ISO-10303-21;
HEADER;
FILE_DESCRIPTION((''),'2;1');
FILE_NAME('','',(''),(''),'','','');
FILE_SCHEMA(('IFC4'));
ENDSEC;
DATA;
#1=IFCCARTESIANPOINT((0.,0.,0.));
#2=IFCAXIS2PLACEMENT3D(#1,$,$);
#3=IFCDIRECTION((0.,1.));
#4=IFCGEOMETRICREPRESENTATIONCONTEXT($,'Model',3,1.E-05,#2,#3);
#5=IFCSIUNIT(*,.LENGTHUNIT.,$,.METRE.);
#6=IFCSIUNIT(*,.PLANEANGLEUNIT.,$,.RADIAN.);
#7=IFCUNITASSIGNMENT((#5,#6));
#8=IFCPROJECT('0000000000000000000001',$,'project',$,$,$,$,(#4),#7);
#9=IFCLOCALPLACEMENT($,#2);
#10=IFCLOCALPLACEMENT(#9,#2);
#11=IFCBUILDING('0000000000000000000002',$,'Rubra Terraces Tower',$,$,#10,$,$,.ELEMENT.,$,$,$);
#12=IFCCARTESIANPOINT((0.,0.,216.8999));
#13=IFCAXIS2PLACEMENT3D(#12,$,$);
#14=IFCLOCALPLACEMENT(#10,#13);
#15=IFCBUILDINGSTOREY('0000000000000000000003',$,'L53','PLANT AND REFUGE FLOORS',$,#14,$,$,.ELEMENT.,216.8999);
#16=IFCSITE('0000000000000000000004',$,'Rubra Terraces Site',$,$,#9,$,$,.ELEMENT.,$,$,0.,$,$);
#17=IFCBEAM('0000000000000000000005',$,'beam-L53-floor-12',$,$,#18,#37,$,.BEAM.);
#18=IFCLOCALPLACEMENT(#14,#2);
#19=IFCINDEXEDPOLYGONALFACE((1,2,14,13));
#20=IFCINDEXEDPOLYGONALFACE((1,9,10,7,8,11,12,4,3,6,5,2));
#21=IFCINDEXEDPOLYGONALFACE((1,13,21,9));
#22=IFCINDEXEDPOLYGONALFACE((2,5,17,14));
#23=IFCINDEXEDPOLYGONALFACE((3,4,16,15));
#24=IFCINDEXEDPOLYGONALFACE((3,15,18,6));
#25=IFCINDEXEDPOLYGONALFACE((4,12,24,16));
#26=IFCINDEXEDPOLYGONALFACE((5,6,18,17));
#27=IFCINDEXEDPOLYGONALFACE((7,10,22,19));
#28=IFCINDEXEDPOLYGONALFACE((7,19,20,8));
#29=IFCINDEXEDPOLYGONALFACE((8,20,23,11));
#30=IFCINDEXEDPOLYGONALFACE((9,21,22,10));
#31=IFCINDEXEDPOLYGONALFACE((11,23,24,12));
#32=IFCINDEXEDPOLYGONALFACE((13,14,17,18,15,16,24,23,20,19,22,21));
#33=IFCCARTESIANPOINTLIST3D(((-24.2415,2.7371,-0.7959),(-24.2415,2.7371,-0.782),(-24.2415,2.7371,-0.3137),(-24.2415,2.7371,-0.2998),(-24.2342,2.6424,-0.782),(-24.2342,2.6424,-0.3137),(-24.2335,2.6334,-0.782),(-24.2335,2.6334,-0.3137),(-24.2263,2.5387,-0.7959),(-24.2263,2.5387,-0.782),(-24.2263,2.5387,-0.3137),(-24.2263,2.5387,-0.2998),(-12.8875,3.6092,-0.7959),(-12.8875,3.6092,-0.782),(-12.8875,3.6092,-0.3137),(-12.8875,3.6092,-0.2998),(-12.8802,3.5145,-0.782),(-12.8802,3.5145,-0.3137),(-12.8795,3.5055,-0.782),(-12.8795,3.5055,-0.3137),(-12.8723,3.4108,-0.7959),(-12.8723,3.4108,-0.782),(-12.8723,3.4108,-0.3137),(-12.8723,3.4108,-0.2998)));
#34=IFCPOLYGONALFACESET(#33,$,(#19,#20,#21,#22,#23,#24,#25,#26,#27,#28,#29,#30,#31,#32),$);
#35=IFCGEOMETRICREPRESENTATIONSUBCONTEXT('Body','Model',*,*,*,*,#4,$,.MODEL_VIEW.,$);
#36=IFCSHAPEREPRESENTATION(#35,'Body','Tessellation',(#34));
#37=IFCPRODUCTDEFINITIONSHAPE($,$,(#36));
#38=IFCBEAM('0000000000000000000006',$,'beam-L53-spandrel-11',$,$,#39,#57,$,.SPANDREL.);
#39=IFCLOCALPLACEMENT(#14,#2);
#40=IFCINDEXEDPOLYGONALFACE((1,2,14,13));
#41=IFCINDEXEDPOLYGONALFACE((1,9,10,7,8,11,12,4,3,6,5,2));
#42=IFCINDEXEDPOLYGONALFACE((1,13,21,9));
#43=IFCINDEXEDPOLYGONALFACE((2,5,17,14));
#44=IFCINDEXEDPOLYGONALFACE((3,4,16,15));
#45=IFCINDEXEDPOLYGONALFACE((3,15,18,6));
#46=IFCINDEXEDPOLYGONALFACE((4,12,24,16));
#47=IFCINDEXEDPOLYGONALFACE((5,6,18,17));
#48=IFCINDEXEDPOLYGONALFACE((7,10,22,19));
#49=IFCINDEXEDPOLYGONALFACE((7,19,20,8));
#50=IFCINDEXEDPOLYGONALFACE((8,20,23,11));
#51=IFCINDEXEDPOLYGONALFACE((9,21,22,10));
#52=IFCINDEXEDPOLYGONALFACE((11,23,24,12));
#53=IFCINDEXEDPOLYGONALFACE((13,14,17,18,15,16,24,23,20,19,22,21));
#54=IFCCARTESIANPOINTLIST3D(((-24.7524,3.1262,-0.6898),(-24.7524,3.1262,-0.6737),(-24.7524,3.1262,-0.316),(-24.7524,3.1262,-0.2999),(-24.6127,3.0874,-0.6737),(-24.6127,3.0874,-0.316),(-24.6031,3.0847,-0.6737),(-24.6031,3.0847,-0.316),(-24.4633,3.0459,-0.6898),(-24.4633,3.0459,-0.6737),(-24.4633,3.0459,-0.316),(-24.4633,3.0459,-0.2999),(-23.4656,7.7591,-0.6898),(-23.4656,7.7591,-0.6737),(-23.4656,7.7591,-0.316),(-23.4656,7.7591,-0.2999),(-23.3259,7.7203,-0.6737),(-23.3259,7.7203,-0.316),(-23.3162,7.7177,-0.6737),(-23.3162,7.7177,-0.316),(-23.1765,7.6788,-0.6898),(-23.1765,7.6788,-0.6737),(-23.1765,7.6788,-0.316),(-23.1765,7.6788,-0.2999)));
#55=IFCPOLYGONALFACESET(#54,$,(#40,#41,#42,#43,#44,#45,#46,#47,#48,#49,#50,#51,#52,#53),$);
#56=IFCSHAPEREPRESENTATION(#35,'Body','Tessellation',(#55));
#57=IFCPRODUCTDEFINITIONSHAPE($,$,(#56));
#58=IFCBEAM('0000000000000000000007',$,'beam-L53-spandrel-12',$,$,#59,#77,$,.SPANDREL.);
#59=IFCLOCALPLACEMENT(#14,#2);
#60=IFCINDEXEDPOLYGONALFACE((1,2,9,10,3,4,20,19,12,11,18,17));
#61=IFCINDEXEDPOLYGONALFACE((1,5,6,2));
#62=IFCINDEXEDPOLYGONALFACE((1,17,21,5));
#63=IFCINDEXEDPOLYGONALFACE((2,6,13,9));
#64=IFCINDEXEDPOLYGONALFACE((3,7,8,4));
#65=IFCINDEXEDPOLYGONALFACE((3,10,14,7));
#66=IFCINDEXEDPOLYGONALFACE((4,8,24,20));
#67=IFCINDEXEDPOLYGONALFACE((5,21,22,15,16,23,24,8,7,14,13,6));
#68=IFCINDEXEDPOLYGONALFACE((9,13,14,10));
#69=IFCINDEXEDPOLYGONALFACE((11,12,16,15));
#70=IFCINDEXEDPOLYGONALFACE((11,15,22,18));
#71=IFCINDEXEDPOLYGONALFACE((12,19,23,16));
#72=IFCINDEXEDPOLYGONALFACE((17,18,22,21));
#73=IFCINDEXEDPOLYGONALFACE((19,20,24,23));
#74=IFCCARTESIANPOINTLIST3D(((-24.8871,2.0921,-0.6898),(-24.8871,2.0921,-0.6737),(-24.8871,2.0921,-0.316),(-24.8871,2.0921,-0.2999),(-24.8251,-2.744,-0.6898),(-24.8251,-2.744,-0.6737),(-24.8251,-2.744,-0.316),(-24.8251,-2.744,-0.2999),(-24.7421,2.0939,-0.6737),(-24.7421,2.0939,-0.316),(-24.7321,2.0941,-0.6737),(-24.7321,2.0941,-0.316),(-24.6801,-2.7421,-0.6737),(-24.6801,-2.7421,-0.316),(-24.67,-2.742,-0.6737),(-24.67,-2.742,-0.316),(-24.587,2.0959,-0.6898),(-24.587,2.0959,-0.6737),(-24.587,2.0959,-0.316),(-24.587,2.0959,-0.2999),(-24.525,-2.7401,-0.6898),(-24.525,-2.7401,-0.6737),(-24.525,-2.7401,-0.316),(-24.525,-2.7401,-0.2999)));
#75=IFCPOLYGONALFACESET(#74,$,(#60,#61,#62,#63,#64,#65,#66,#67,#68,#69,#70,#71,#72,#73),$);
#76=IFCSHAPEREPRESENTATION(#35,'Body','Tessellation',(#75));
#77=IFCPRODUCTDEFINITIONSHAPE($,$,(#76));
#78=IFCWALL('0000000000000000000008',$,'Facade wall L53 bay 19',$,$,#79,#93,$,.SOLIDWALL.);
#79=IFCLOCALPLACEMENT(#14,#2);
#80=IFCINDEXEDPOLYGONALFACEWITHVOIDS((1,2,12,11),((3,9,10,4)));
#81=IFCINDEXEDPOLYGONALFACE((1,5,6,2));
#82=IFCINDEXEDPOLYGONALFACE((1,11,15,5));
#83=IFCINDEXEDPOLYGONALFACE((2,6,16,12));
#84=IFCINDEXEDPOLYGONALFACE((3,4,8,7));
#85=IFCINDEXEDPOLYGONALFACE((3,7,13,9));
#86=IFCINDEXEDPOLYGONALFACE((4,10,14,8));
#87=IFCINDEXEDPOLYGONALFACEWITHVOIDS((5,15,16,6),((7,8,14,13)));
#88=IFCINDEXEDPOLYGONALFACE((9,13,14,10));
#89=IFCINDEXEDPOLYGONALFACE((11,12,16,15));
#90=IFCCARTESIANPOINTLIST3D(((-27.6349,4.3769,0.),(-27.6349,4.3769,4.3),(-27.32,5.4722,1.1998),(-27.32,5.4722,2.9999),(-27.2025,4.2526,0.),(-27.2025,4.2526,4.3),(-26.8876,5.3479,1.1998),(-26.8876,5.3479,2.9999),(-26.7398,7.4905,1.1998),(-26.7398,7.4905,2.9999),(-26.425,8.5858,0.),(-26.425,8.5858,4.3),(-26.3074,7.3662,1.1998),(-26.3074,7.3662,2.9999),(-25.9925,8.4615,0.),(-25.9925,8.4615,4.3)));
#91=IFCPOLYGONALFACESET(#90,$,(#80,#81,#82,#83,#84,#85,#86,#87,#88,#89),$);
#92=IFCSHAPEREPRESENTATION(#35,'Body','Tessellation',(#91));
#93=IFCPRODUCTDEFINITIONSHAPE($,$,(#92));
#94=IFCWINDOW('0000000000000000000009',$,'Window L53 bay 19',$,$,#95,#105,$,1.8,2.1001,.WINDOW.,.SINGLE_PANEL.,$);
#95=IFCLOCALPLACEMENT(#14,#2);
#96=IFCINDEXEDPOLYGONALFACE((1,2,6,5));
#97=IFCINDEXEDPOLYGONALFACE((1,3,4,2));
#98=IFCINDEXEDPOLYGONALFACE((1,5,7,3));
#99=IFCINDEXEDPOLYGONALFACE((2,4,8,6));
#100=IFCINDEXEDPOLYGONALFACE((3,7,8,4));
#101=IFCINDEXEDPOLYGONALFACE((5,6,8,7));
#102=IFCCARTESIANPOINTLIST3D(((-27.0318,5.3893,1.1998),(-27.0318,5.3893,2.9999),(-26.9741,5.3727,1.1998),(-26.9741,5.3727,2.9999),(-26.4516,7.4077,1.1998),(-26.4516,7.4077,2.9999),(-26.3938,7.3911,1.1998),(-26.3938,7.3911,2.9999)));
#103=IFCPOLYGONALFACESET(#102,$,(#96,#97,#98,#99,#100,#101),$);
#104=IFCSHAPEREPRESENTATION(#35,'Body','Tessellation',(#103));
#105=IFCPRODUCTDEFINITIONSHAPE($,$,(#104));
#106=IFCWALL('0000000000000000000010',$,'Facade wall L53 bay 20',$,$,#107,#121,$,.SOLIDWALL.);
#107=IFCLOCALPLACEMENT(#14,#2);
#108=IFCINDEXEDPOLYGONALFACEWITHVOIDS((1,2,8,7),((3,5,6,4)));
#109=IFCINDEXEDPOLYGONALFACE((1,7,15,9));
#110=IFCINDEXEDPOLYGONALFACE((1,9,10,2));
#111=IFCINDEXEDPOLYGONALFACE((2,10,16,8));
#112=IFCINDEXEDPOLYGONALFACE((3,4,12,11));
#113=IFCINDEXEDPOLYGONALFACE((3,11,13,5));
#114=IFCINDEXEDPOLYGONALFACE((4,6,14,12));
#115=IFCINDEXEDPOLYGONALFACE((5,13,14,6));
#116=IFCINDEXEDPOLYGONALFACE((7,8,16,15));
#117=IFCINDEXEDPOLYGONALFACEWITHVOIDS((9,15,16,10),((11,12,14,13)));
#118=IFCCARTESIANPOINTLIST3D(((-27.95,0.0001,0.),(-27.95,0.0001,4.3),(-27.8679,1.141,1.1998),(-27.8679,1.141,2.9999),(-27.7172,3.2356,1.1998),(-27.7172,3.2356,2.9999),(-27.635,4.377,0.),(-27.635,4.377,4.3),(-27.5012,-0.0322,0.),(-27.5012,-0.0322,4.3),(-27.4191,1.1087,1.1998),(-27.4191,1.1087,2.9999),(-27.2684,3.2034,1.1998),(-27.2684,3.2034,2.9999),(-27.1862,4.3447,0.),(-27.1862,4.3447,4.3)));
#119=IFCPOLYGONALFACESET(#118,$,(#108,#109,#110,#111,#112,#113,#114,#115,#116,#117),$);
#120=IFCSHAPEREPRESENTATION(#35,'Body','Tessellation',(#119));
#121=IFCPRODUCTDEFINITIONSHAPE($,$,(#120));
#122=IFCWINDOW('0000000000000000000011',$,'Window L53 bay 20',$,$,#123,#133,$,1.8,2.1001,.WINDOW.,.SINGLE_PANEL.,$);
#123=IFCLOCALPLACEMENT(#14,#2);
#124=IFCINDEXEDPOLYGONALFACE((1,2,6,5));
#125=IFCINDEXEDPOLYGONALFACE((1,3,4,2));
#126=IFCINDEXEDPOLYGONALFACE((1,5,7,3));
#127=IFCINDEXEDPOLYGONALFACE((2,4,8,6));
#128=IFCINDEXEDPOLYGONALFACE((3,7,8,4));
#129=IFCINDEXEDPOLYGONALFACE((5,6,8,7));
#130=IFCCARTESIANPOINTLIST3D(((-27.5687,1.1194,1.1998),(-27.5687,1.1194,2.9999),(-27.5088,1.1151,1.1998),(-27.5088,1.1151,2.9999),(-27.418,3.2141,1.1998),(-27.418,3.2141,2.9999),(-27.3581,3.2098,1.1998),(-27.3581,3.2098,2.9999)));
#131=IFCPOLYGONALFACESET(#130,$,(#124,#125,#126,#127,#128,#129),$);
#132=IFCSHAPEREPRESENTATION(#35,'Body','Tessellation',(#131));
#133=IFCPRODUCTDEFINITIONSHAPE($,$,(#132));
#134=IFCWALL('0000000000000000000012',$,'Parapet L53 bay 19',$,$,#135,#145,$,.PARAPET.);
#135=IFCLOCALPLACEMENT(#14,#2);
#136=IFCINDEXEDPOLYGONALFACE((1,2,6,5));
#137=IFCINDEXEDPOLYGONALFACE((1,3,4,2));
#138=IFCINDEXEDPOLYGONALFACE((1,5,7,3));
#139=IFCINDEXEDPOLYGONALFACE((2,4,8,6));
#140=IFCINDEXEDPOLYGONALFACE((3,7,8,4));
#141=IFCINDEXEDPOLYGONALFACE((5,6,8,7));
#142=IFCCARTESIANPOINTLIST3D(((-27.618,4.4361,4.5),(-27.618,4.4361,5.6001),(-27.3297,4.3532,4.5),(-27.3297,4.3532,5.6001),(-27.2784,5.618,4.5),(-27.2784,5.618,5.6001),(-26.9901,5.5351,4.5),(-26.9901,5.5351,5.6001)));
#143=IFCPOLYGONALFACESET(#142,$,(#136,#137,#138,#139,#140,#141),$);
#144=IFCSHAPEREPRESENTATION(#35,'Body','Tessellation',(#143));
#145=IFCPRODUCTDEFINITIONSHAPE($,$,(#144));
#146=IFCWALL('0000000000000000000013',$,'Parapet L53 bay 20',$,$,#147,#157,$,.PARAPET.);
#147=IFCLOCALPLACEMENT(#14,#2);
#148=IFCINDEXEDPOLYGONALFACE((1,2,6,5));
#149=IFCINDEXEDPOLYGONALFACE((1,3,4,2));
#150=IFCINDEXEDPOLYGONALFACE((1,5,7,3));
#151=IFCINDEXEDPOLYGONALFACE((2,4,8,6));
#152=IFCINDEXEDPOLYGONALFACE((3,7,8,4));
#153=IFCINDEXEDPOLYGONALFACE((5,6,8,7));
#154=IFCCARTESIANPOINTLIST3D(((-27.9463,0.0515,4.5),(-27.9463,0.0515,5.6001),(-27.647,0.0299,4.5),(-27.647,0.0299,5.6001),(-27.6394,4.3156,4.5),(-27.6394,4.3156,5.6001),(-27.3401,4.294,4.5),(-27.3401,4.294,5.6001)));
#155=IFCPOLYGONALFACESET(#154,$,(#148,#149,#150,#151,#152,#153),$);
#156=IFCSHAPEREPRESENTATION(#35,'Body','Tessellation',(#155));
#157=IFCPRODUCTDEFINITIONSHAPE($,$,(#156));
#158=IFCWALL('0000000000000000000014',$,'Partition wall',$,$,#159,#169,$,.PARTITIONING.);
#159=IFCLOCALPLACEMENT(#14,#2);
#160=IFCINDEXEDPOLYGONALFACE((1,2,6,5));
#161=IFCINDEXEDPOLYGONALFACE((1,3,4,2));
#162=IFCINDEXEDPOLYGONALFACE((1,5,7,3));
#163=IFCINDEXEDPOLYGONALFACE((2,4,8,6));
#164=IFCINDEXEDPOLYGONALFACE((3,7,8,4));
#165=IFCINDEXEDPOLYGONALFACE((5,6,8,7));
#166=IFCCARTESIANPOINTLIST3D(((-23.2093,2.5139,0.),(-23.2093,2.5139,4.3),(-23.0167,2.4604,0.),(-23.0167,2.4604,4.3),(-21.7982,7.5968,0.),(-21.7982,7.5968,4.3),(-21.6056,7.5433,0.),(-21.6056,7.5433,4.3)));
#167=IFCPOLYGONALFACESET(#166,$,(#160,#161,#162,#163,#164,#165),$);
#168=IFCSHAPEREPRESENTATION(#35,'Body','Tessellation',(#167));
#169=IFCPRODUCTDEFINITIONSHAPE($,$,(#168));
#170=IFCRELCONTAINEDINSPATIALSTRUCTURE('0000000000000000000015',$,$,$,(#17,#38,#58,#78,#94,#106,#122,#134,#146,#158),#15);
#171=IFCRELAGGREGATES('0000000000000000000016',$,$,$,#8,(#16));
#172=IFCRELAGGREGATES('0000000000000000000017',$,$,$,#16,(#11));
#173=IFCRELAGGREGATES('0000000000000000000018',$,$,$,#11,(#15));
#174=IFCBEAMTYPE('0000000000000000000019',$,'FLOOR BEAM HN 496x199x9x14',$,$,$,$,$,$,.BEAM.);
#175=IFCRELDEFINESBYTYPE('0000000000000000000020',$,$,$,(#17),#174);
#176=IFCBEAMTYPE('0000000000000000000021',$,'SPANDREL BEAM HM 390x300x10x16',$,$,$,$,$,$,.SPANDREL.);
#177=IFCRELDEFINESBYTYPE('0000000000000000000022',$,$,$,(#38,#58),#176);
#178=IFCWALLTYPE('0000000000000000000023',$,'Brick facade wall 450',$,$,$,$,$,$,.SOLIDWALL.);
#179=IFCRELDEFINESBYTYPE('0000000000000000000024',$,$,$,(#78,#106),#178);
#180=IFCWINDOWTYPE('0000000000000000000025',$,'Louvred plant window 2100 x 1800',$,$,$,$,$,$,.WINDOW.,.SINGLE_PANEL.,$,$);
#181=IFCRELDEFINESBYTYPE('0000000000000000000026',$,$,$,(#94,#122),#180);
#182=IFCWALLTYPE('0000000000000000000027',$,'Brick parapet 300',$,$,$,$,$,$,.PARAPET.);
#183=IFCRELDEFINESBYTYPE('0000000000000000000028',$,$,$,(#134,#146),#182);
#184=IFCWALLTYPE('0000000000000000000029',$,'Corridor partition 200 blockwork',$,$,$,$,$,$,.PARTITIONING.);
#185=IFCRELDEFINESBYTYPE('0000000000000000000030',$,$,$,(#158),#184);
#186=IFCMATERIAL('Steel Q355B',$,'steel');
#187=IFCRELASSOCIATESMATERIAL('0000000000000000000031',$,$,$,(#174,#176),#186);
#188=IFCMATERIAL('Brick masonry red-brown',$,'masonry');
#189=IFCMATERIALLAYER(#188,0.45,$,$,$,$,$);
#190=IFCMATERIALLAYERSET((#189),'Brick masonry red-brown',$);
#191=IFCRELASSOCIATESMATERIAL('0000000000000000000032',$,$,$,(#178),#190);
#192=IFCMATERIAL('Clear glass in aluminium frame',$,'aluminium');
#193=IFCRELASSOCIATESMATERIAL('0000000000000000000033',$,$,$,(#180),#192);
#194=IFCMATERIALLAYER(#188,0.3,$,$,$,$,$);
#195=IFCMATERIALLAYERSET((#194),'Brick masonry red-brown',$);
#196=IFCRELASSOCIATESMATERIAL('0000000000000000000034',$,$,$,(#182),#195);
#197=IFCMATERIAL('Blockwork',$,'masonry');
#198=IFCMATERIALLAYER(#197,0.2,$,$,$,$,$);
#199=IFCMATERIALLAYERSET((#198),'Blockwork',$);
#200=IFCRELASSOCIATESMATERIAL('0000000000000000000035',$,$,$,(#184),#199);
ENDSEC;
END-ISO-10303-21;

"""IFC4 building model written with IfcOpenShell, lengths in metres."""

from ifc_helpers import new_model, si_unit, direction, frame, frame_2d, origin, origin_2d, place, context, subcontext, project, spatial, rectangle, i_section, extrude, material, layer, layer_set, material_profile, profile_set, type_object, element, fill, save


model = new_model("IFC4")

# Units and contexts
model_context = context("Model", 3, precision=1e-05, world=origin(), true_north=direction((0.0, 1.0)))
body_context = subcontext(model_context, "Body", "Model", "MODEL_VIEW")
ifc_project = project(units=[si_unit("LENGTHUNIT", "METRE"), si_unit("PLANEANGLEUNIT", "RADIAN")], contexts=[model_context])

# Site, building, storey
site_placement = place(None, origin())
site = spatial("IfcSite", under=ifc_project, at=site_placement, Name="Rubra Terraces Site", CompositionType="ELEMENT", RefElevation=0.0)
building_placement = place(site_placement, origin())
building = spatial("IfcBuilding", under=site, at=building_placement, Name="Rubra Terraces Tower", CompositionType="ELEMENT")
storey_placement = place(building_placement, frame((0.0, 0.0, 216.8999)))
storey = spatial("IfcBuildingStorey", under=building, at=storey_placement, Name="L53", Description="PLANT AND REFUGE FLOORS", CompositionType="ELEMENT", Elevation=216.8999)

# Shared definitions
ifc_material_1 = material(Name="Steel Q355B", Category="steel")

# Beams
ifc_material_profile_1 = material_profile(ifc_material_1, i_section(OverallWidth=0.199, OverallDepth=0.4961, WebThickness=0.009, FlangeThickness=0.0139, at=origin_2d()), Name="HN 496x199x9x14")
ifc_profile_set_1 = profile_set([ifc_material_profile_1], Name="Steel Q355B")
beam_type_1 = type_object("IfcBeamType", Name="FLOOR BEAM HN 496x199x9x14", PredefinedType="BEAM", material=ifc_profile_set_1)
beam_1_placement = place(storey_placement, frame((-24.2339, 2.6379, -0.5479), z_axis=(0.997063, 0.076582, 0.0), x_axis=(-0.076582, 0.997063, 0.0)))
element("IfcBeam", 1, at=beam_1_placement, inside=storey, type_object=beam_type_1, Name="beam-L53-floor-12", PredefinedType="BEAM", context=body_context, shape_type="SweptSolid", body=[
    extrude(i_section(OverallWidth=0.199, OverallDepth=0.4961, WebThickness=0.009, FlangeThickness=0.0139, at=origin_2d()), origin(), (0.0, 0.0, 1.0), 11.3875),
])
ifc_material_profile_2 = material_profile(ifc_material_1, i_section(OverallWidth=0.3, OverallDepth=0.3899, WebThickness=0.01, FlangeThickness=0.0161, at=origin_2d()), Name="HM 390x300x10x16")
ifc_profile_set_2 = profile_set([ifc_material_profile_2], Name="Steel Q355B")
beam_type_2 = type_object("IfcBeamType", Name="SPANDREL BEAM HM 390x300x10x16", PredefinedType="SPANDREL", material=ifc_profile_set_2)
beam_2_placement = place(storey_placement, frame((-23.321, 7.719, -0.4949), z_axis=(-0.267626, -0.963523, 0.0), x_axis=(0.963523, -0.267626, 0.0)))
element("IfcBeam", 2, at=beam_2_placement, inside=storey, type_object=beam_type_2, Name="beam-L53-spandrel-11", PredefinedType="SPANDREL", context=body_context, shape_type="SweptSolid", body=[
    extrude(i_section(OverallWidth=0.3, OverallDepth=0.3899, WebThickness=0.01, FlangeThickness=0.0161, at=origin_2d()), origin(), (0.0, 0.0, 1.0), 4.8083),
])
beam_3_placement = place(storey_placement, frame((-24.7371, 2.094, -0.4949), z_axis=(0.012822, -0.999918, 0.0), x_axis=(0.999918, 0.012822, 0.0)))
element("IfcBeam", 3, at=beam_3_placement, inside=storey, type_object=beam_type_2, Name="beam-L53-spandrel-12", PredefinedType="SPANDREL", context=body_context, shape_type="SweptSolid", body=[
    extrude(i_section(OverallWidth=0.3, OverallDepth=0.3899, WebThickness=0.01, FlangeThickness=0.0161, at=origin_2d()), origin(), (0.0, 0.0, 1.0), 4.8364),
])

# Walls, openings, windows
ifc_material_2 = material(Name="Brick masonry red-brown", Category="masonry")
ifc_layer_1 = layer(ifc_material_2, 0.45)
ifc_layer_set_1 = layer_set([ifc_layer_1], Name="Brick masonry red-brown")
wall_type_1 = type_object("IfcWallType", Name="Brick facade wall 450", PredefinedType="SOLIDWALL", material=ifc_layer_set_1)
wall_1_placement = place(storey_placement, frame((-26.2087, 8.5237, 0.0), z_axis=(0.0, 0.0, 1.0), x_axis=(-0.276282, -0.961077, 0.0)))
wall_1 = element("IfcWall", 4, at=wall_1_placement, inside=storey, type_object=wall_type_1, Name="Facade wall L53 bay 19", PredefinedType="SOLIDWALL", context=body_context, shape_type="SweptSolid", body=[
    extrude(rectangle(XDim=4.3794, YDim=0.45, at=frame_2d((2.1897, 0.0))), origin(), (0.0, 0.0, 1.0), 4.3),
])
opening_1_placement = place(wall_1_placement, frame((1.1396, 0.0, 1.2)))
opening_1 = element("IfcOpeningElement", 5, at=opening_1_placement, cuts=wall_1, PredefinedType="OPENING", context=body_context, shape_type="SweptSolid", body=[
    extrude(rectangle(XDim=2.1001, YDim=1.8, at=frame_2d((1.05, 0.8999))), frame((0.0, 0.2349, 0.0), z_axis=(0.0, -1.0, 0.0), x_axis=(1.0, 0.0, 0.0)), (0.0, 0.0, 1.0), 0.47),
])
ifc_material_3 = material(Name="Clear glass in aluminium frame", Category="aluminium")
window_type = type_object("IfcWindowType", Name="Louvred plant window 2100 x 1800", PartitioningType="SINGLE_PANEL", PredefinedType="WINDOW", material=ifc_material_3)
window_1_placement = place(opening_1_placement, origin())
window_1 = element("IfcWindow", 6, at=window_1_placement, inside=storey, type_object=window_type, Name="Window L53 bay 19", OverallHeight=1.8, OverallWidth=2.1001, PartitioningType="SINGLE_PANEL", PredefinedType="WINDOW", context=body_context, shape_type="SweptSolid", body=[
    extrude(rectangle(XDim=2.1001, YDim=1.8, at=frame_2d((1.05, 0.8999))), frame((0.0, 0.135, 0.0), z_axis=(0.0, -1.0, 0.0), x_axis=(1.0, 0.0, 0.0)), (0.0, 0.0, 1.0), 0.0601),
])
fill(opening_1, window_1)
wall_2_placement = place(storey_placement, frame((-27.4106, 4.3608, 0.0), z_axis=(0.0, 0.0, 1.0), x_axis=(-0.071769, -0.997421, 0.0)))
wall_2 = element("IfcWall", 7, at=wall_2_placement, inside=storey, type_object=wall_type_1, Name="Facade wall L53 bay 20", PredefinedType="SOLIDWALL", context=body_context, shape_type="SweptSolid", body=[
    extrude(rectangle(XDim=4.3882, YDim=0.45, at=frame_2d((2.1941, 0.0))), origin(), (0.0, 0.0, 1.0), 4.3),
])
opening_2_placement = place(wall_2_placement, frame((1.1443, 0.0, 1.2)))
opening_2 = element("IfcOpeningElement", 8, at=opening_2_placement, cuts=wall_2, PredefinedType="OPENING", context=body_context, shape_type="SweptSolid", body=[
    extrude(rectangle(XDim=2.1001, YDim=1.8, at=frame_2d((1.05, 0.8999))), frame((0.0, 0.2349, 0.0), z_axis=(0.0, -1.0, 0.0), x_axis=(1.0, 0.0, 0.0)), (0.0, 0.0, 1.0), 0.47),
])
window_2_placement = place(opening_2_placement, origin())
window_2 = element("IfcWindow", 9, at=window_2_placement, inside=storey, type_object=window_type, Name="Window L53 bay 20", OverallHeight=1.8, OverallWidth=2.1001, PartitioningType="SINGLE_PANEL", PredefinedType="WINDOW", context=body_context, shape_type="SweptSolid", body=[
    extrude(rectangle(XDim=2.1001, YDim=1.8, at=frame_2d((1.05, 0.8999))), frame((0.0, 0.135, 0.0), z_axis=(0.0, -1.0, 0.0), x_axis=(1.0, 0.0, 0.0)), (0.0, 0.0, 1.0), 0.0601),
])
fill(opening_2, window_2)

# Walls
ifc_layer_2 = layer(ifc_material_2, 0.3)
ifc_layer_set_2 = layer_set([ifc_layer_2], Name="Brick masonry red-brown")
wall_type_2 = type_object("IfcWallType", Name="Brick parapet 300", PredefinedType="PARAPET", material=ifc_layer_set_2)
wall_3_placement = place(storey_placement, frame((-27.1343, 5.5764, 4.5), z_axis=(0.0, 0.0, 1.0), x_axis=(-0.276163, -0.961111, 0.0)))
element("IfcWall", 10, at=wall_3_placement, inside=storey, type_object=wall_type_2, Name="Parapet L53 bay 19", PredefinedType="PARAPET", context=body_context, shape_type="SweptSolid", body=[
    extrude(rectangle(XDim=1.2297, YDim=0.3, at=frame_2d((0.6147, 0.0))), origin(), (0.0, 0.0, 1.0), 1.1001),
])
wall_4_placement = place(storey_placement, frame((-27.4897, 4.3049, 4.5), z_axis=(0.0, 0.0, 1.0), x_axis=(-0.071783, -0.99742, 0.0)))
element("IfcWall", 11, at=wall_4_placement, inside=storey, type_object=wall_type_2, Name="Parapet L53 bay 20", PredefinedType="PARAPET", context=body_context, shape_type="SweptSolid", body=[
    extrude(rectangle(XDim=4.2751, YDim=0.3, at=frame_2d((2.1377, 0.0))), origin(), (0.0, 0.0, 1.0), 1.1001),
])
ifc_material_4 = material(Name="Blockwork", Category="masonry")
ifc_layer_3 = layer(ifc_material_4, 0.2)
ifc_layer_set_3 = layer_set([ifc_layer_3], Name="Blockwork")
wall_type_3 = type_object("IfcWallType", Name="Corridor partition 200 blockwork", PredefinedType="PARTITIONING", material=ifc_layer_set_3)
wall_5_placement = place(storey_placement, frame((-23.113, 2.4871, 0.0), z_axis=(0.0, 0.0, 1.0), x_axis=(0.267501, 0.963558, 0.0)))
element("IfcWall", 12, at=wall_5_placement, inside=storey, type_object=wall_type_3, Name="Partition wall", PredefinedType="PARTITIONING", context=body_context, shape_type="SweptSolid", body=[
    extrude(rectangle(XDim=5.2751, YDim=0.2, at=frame_2d((2.6377, 0.0))), origin(), (0.0, 0.0, 1.0), 4.3),
])

save(model, "model.ifc")
